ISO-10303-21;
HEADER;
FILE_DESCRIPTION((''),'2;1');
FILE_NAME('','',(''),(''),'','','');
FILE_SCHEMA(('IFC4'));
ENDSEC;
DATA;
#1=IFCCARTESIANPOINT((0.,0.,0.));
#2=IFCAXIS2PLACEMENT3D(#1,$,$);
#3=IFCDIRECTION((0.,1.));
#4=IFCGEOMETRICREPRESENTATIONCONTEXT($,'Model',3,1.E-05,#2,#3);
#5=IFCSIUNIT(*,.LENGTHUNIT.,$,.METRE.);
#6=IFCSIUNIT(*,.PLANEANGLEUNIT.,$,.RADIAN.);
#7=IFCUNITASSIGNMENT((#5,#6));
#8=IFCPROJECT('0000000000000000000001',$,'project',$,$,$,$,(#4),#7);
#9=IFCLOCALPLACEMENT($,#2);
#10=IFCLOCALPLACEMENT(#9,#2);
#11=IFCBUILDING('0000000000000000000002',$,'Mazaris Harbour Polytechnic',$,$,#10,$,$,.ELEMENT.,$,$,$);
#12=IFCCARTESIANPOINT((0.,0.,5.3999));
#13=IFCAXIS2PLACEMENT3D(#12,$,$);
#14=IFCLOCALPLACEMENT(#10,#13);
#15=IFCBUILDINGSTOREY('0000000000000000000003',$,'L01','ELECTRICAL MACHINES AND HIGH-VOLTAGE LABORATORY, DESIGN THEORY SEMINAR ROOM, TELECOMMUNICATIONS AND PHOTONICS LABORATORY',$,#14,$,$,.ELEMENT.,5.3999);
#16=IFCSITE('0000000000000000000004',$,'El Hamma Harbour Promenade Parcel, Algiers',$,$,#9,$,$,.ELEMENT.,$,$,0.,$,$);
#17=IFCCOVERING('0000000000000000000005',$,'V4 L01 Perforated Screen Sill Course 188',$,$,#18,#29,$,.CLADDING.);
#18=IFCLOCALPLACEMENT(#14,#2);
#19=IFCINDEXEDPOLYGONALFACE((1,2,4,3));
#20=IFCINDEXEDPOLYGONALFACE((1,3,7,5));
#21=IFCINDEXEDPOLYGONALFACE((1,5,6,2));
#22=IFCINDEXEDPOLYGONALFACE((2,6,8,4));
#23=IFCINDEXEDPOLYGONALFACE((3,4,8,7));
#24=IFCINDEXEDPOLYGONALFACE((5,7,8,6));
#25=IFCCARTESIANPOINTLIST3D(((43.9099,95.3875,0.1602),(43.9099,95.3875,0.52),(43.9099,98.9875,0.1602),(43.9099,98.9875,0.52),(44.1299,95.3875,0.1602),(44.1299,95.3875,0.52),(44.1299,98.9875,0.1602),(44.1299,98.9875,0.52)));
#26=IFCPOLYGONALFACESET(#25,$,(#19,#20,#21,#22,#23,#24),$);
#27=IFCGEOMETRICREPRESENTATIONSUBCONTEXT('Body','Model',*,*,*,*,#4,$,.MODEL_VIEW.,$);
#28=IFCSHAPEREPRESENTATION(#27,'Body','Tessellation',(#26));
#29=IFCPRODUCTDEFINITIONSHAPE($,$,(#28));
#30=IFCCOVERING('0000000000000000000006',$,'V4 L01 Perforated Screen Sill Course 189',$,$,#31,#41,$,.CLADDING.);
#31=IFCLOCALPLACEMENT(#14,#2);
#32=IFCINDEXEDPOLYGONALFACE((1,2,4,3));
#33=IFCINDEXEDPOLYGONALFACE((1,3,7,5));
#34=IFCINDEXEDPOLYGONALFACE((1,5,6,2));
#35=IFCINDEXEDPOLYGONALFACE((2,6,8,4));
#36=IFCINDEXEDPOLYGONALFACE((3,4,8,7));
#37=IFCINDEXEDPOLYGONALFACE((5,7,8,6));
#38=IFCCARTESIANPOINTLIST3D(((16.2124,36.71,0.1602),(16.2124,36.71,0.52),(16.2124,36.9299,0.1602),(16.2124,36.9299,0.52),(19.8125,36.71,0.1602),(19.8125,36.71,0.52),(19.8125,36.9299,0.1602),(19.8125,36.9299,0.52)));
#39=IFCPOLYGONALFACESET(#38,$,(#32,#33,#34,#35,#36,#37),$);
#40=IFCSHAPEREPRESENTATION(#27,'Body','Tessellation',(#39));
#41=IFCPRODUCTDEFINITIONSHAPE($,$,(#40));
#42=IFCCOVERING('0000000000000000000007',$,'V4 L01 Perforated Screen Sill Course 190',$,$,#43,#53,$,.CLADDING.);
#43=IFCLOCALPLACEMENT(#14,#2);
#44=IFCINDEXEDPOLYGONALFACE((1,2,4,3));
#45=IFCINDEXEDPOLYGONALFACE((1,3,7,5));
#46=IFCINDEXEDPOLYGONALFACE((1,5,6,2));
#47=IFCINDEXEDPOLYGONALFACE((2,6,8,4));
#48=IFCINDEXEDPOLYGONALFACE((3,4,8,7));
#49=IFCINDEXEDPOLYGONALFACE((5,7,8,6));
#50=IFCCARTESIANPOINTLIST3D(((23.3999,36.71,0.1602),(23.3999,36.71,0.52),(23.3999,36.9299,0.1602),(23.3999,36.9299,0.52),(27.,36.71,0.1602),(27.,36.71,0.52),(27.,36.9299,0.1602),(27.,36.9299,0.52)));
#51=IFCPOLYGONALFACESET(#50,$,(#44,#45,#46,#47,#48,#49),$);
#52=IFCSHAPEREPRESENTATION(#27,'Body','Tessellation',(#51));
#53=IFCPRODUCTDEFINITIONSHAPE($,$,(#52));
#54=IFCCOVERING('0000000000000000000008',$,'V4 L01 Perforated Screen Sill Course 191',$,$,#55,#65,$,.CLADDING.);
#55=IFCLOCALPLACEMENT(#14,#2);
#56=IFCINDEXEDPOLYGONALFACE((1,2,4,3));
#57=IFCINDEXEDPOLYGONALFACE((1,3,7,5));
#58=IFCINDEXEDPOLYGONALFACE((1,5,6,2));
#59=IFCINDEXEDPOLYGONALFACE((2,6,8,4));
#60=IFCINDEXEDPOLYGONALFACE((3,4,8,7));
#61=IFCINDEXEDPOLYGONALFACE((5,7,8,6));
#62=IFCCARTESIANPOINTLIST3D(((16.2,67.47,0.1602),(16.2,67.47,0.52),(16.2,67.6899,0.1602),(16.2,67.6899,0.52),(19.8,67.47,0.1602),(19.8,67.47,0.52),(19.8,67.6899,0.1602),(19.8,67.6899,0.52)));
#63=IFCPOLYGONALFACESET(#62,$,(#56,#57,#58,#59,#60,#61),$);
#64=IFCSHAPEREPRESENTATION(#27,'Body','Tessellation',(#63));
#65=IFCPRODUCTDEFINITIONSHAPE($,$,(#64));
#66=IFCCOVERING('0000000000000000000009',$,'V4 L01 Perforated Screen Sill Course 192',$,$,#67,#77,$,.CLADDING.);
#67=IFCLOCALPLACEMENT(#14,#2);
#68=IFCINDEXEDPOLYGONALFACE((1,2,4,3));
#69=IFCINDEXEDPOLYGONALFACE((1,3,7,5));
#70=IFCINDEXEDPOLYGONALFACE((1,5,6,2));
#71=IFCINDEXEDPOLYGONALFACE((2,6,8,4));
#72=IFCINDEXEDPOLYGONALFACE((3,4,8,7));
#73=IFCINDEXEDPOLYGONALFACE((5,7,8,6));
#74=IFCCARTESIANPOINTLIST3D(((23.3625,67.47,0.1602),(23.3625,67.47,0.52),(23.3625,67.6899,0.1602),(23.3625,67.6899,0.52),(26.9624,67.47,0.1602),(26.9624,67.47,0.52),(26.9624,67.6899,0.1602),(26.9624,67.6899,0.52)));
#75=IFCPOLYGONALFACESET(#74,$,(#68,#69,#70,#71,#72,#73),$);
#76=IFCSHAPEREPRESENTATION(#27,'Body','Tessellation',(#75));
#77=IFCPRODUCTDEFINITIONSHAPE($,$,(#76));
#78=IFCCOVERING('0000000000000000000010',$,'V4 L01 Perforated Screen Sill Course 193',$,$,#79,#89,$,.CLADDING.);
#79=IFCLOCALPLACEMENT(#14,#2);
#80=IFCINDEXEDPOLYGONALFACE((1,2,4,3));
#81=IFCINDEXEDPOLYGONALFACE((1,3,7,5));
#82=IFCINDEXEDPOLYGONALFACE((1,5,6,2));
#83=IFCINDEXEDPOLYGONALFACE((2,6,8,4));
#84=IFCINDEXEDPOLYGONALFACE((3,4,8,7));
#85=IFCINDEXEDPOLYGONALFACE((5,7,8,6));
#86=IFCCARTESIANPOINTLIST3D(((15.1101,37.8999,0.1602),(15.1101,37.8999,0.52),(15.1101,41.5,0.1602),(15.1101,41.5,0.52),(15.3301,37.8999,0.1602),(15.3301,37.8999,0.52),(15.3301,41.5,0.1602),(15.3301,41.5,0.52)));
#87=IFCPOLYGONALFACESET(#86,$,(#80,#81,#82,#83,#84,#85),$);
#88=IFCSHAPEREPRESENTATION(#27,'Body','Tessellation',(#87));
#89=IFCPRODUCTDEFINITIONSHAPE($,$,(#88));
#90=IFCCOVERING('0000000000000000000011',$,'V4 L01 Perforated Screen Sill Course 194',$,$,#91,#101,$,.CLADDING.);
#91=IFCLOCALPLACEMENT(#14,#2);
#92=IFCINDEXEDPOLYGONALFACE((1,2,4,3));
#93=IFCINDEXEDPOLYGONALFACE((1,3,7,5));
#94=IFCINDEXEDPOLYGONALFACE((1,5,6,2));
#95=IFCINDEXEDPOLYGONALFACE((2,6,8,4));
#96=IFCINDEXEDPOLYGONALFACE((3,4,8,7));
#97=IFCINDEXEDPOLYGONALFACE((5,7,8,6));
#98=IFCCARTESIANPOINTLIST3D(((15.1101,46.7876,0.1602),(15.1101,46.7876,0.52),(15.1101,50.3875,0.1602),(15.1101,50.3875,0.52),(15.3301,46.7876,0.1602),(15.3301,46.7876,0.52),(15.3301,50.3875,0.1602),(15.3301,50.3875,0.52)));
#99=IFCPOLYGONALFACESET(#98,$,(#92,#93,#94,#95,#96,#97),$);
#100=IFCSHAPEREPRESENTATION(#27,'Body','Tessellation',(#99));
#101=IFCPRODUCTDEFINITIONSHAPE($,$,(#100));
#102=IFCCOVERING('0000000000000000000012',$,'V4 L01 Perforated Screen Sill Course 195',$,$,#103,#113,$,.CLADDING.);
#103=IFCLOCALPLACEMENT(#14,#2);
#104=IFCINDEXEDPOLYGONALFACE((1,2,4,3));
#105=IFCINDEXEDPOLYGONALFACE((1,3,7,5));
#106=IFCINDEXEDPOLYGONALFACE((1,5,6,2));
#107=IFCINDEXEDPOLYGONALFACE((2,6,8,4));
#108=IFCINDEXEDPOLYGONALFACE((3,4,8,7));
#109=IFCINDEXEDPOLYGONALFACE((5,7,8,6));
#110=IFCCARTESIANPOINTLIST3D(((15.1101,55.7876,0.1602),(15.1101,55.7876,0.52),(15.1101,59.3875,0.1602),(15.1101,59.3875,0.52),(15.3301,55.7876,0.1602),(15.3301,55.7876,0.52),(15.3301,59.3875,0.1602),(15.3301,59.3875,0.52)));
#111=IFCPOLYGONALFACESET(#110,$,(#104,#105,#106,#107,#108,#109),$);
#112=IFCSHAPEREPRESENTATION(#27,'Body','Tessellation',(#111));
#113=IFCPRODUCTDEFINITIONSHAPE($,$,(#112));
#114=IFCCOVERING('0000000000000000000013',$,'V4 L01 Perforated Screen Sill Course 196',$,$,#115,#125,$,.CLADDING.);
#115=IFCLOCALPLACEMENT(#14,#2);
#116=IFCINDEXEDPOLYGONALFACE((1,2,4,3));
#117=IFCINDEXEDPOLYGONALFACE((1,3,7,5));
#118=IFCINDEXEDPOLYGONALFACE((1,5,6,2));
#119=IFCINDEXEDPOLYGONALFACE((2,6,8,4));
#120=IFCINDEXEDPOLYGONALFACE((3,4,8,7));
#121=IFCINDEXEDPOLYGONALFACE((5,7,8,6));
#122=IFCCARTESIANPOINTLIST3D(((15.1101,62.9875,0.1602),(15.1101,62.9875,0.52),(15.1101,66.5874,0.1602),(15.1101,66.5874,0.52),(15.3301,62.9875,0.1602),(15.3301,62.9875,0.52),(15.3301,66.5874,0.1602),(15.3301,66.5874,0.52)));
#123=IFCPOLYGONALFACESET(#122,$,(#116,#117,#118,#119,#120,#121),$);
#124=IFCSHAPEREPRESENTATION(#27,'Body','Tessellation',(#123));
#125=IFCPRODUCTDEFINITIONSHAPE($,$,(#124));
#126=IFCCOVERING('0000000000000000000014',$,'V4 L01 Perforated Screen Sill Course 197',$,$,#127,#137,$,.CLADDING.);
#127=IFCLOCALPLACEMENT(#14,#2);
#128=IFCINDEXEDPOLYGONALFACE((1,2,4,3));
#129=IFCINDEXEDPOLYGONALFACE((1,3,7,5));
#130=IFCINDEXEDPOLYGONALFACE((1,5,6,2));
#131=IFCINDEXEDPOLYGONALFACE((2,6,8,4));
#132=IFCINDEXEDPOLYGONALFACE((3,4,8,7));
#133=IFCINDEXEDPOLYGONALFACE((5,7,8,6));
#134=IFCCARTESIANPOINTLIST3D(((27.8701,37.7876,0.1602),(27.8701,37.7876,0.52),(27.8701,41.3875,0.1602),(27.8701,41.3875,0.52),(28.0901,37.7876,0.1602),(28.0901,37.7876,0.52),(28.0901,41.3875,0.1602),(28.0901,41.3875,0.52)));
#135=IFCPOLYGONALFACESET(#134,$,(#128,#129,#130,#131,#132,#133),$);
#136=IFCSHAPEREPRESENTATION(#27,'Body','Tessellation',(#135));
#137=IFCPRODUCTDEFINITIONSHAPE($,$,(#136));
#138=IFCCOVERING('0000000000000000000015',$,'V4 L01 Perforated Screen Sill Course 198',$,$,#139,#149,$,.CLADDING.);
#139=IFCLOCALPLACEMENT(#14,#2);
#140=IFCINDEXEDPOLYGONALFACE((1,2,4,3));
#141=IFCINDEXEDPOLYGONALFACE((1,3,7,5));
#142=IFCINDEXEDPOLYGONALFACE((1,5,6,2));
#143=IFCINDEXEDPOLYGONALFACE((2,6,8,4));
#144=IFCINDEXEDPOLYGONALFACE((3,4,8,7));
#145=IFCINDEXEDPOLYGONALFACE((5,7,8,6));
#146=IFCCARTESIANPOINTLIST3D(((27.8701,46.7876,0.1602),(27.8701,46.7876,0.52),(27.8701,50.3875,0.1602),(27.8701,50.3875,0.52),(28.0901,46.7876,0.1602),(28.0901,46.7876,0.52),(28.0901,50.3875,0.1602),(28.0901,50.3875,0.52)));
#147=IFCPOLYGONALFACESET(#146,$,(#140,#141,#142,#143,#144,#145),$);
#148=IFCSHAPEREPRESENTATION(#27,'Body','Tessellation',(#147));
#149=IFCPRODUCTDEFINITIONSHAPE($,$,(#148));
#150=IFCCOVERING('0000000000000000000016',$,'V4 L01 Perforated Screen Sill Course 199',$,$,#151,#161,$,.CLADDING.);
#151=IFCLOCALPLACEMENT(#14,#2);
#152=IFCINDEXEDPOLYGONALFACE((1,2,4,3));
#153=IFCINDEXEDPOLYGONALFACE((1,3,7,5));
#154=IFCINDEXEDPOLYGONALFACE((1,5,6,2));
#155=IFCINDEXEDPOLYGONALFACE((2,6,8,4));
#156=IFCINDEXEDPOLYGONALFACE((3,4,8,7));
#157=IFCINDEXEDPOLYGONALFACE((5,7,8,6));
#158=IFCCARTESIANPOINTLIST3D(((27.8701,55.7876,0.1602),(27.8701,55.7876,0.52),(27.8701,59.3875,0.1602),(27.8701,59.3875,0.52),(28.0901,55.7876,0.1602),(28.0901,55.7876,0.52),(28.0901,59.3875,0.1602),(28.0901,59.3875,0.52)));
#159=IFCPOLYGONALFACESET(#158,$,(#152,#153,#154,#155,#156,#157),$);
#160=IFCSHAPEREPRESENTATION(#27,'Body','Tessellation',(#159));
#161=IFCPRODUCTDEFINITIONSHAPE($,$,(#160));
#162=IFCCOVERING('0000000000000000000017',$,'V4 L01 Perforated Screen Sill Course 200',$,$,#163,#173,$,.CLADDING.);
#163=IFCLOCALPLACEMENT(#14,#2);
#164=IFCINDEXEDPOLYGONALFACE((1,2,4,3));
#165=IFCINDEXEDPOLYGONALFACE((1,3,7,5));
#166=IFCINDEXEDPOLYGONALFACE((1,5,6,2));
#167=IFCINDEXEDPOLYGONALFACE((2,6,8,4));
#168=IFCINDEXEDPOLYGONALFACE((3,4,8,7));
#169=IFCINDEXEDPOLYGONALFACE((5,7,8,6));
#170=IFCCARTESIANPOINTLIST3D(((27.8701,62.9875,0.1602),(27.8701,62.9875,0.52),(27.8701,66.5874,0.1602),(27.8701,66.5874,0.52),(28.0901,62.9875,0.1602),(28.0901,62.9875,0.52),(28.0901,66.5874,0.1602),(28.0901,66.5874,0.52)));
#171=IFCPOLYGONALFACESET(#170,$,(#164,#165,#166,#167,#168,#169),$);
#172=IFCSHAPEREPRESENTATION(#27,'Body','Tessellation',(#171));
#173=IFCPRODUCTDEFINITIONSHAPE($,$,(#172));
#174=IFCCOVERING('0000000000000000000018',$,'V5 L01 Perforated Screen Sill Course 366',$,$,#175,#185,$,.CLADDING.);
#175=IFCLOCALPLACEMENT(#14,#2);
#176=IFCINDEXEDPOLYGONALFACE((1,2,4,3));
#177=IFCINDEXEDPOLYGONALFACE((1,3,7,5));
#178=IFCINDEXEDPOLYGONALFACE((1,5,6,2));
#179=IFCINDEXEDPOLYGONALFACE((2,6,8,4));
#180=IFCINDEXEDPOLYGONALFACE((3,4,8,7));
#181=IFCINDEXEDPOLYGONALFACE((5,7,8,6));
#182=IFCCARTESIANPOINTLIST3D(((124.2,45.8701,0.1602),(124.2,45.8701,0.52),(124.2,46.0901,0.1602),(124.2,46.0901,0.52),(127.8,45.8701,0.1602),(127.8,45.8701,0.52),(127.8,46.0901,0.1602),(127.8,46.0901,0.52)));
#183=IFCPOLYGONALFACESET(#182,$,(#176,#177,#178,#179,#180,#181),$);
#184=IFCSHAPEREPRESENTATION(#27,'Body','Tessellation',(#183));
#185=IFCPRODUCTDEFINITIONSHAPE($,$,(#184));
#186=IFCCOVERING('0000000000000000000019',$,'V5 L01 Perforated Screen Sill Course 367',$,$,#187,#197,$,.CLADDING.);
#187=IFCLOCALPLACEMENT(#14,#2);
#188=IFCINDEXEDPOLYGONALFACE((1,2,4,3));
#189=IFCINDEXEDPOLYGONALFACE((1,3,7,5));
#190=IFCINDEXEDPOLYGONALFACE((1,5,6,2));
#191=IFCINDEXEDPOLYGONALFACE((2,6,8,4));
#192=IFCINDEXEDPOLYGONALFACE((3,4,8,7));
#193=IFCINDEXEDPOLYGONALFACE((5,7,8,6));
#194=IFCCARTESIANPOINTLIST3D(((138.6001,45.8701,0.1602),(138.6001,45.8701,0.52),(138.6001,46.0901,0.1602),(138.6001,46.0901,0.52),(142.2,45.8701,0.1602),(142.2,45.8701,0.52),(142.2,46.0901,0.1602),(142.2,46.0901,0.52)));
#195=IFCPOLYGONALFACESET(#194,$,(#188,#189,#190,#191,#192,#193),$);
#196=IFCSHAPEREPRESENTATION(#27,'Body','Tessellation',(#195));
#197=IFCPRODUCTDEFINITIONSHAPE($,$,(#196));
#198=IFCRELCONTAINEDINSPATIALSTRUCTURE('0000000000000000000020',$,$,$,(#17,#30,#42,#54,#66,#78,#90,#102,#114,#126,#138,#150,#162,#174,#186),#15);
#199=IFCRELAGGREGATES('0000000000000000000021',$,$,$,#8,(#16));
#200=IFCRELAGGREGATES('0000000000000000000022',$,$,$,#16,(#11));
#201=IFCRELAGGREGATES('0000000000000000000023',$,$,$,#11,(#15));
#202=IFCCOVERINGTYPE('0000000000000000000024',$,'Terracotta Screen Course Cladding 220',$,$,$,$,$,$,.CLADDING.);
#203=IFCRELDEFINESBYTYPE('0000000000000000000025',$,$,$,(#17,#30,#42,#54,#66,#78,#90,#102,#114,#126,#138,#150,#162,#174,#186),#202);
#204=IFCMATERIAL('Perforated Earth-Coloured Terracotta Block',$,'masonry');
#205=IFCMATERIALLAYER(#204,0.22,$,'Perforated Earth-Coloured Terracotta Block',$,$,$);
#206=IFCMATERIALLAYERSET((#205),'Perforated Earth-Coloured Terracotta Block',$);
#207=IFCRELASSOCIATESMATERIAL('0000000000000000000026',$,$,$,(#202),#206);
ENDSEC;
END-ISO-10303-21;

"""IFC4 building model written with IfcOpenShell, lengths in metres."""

from ifc_helpers import new_model, si_unit, direction, frame, origin, place, context, subcontext, project, spatial, polyline, outline, extrude, material, layer, layer_set, type_object, element, save


model = new_model("IFC4")

# Units and contexts
model_context = context("Model", 3, precision=1e-05, world=origin(), true_north=direction((0.0, 1.0)))
body_context = subcontext(model_context, "Body", "Model", "MODEL_VIEW")
ifc_project = project(units=[si_unit("LENGTHUNIT", "METRE"), si_unit("PLANEANGLEUNIT", "RADIAN")], contexts=[model_context])

# Site, building, storey
site_placement = place(None, origin())
site = spatial("IfcSite", under=ifc_project, at=site_placement, Name="El Hamma Harbour Promenade Parcel, Algiers", CompositionType="ELEMENT", RefElevation=0.0)
building_placement = place(site_placement, origin())
building = spatial("IfcBuilding", under=site, at=building_placement, Name="Mazaris Harbour Polytechnic", CompositionType="ELEMENT")
storey_placement = place(building_placement, frame((0.0, 0.0, 5.3999)))
storey = spatial("IfcBuildingStorey", under=building, at=storey_placement, Name="L01", Description="ELECTRICAL MACHINES AND HIGH-VOLTAGE LABORATORY, DESIGN THEORY SEMINAR ROOM, TELECOMMUNICATIONS AND PHOTONICS LABORATORY", CompositionType="ELEMENT", Elevation=5.3999)

# Coverings
ifc_material = material(Name="Perforated Earth-Coloured Terracotta Block", Category="masonry")
ifc_layer = layer(ifc_material, 0.22, Name="Perforated Earth-Coloured Terracotta Block")
ifc_layer_set = layer_set([ifc_layer], Name="Perforated Earth-Coloured Terracotta Block")
covering_type = type_object("IfcCoveringType", Name="Terracotta Screen Course Cladding 220", PredefinedType="CLADDING", material=ifc_layer_set)
covering_1_placement = place(storey_placement, frame((0.0, 0.0, 0.1602)))
element("IfcCovering", 1, at=covering_1_placement, inside=storey, type_object=covering_type, Name="V4 L01 Perforated Screen Sill Course 188", PredefinedType="CLADDING", context=body_context, shape_type="SweptSolid", body=[
    extrude(outline(polyline([(43.9099, 98.9875), (43.9099, 95.3875), (44.1299, 95.3875), (44.1299, 98.9875), (43.9099, 98.9875)])), origin(), (0.0, 0.0, 1.0), 0.3599),
])
covering_2_placement = place(storey_placement, frame((0.0, 0.0, 0.1602)))
element("IfcCovering", 2, at=covering_2_placement, inside=storey, type_object=covering_type, Name="V4 L01 Perforated Screen Sill Course 189", PredefinedType="CLADDING", context=body_context, shape_type="SweptSolid", body=[
    extrude(outline(polyline([(16.2124, 36.71), (19.8125, 36.71), (19.8125, 36.9299), (16.2124, 36.9299), (16.2124, 36.71)])), origin(), (0.0, 0.0, 1.0), 0.3599),
])
covering_3_placement = place(storey_placement, frame((0.0, 0.0, 0.1602)))
element("IfcCovering", 3, at=covering_3_placement, inside=storey, type_object=covering_type, Name="V4 L01 Perforated Screen Sill Course 190", PredefinedType="CLADDING", context=body_context, shape_type="SweptSolid", body=[
    extrude(outline(polyline([(23.3999, 36.71), (27.0, 36.71), (27.0, 36.9299), (23.3999, 36.9299), (23.3999, 36.71)])), origin(), (0.0, 0.0, 1.0), 0.3599),
])
covering_4_placement = place(storey_placement, frame((0.0, 0.0, 0.1602)))
element("IfcCovering", 4, at=covering_4_placement, inside=storey, type_object=covering_type, Name="V4 L01 Perforated Screen Sill Course 191", PredefinedType="CLADDING", context=body_context, shape_type="SweptSolid", body=[
    extrude(outline(polyline([(19.8, 67.6899), (16.2, 67.6899), (16.2, 67.47), (19.8, 67.47), (19.8, 67.6899)])), origin(), (0.0, 0.0, 1.0), 0.3599),
])
covering_5_placement = place(storey_placement, frame((0.0, 0.0, 0.1602)))
element("IfcCovering", 5, at=covering_5_placement, inside=storey, type_object=covering_type, Name="V4 L01 Perforated Screen Sill Course 192", PredefinedType="CLADDING", context=body_context, shape_type="SweptSolid", body=[
    extrude(outline(polyline([(26.9624, 67.6899), (23.3625, 67.6899), (23.3625, 67.47), (26.9624, 67.47), (26.9624, 67.6899)])), origin(), (0.0, 0.0, 1.0), 0.3599),
])
covering_6_placement = place(storey_placement, frame((0.0, 0.0, 0.1602)))
element("IfcCovering", 6, at=covering_6_placement, inside=storey, type_object=covering_type, Name="V4 L01 Perforated Screen Sill Course 193", PredefinedType="CLADDING", context=body_context, shape_type="SweptSolid", body=[
    extrude(outline(polyline([(15.1101, 37.8999), (15.1101, 41.5), (15.3301, 41.5), (15.3301, 37.8999), (15.1101, 37.8999)])), origin(), (0.0, 0.0, 1.0), 0.3599),
])
covering_7_placement = place(storey_placement, frame((0.0, 0.0, 0.1602)))
element("IfcCovering", 7, at=covering_7_placement, inside=storey, type_object=covering_type, Name="V4 L01 Perforated Screen Sill Course 194", PredefinedType="CLADDING", context=body_context, shape_type="SweptSolid", body=[
    extrude(outline(polyline([(15.1101, 46.7876), (15.1101, 50.3875), (15.3301, 50.3875), (15.3301, 46.7876), (15.1101, 46.7876)])), origin(), (0.0, 0.0, 1.0), 0.3599),
])
covering_8_placement = place(storey_placement, frame((0.0, 0.0, 0.1602)))
element("IfcCovering", 8, at=covering_8_placement, inside=storey, type_object=covering_type, Name="V4 L01 Perforated Screen Sill Course 195", PredefinedType="CLADDING", context=body_context, shape_type="SweptSolid", body=[
    extrude(outline(polyline([(15.1101, 55.7876), (15.1101, 59.3875), (15.3301, 59.3875), (15.3301, 55.7876), (15.1101, 55.7876)])), origin(), (0.0, 0.0, 1.0), 0.3599),
])
covering_9_placement = place(storey_placement, frame((0.0, 0.0, 0.1602)))
element("IfcCovering", 9, at=covering_9_placement, inside=storey, type_object=covering_type, Name="V4 L01 Perforated Screen Sill Course 196", PredefinedType="CLADDING", context=body_context, shape_type="SweptSolid", body=[
    extrude(outline(polyline([(15.1101, 62.9875), (15.1101, 66.5874), (15.3301, 66.5874), (15.3301, 62.9875), (15.1101, 62.9875)])), origin(), (0.0, 0.0, 1.0), 0.3599),
])
covering_10_placement = place(storey_placement, frame((0.0, 0.0, 0.1602)))
element("IfcCovering", 10, at=covering_10_placement, inside=storey, type_object=covering_type, Name="V4 L01 Perforated Screen Sill Course 197", PredefinedType="CLADDING", context=body_context, shape_type="SweptSolid", body=[
    extrude(outline(polyline([(28.0901, 41.3875), (28.0901, 37.7876), (27.8701, 37.7876), (27.8701, 41.3875), (28.0901, 41.3875)])), origin(), (0.0, 0.0, 1.0), 0.3599),
])
covering_11_placement = place(storey_placement, frame((0.0, 0.0, 0.1602)))
element("IfcCovering", 11, at=covering_11_placement, inside=storey, type_object=covering_type, Name="V4 L01 Perforated Screen Sill Course 198", PredefinedType="CLADDING", context=body_context, shape_type="SweptSolid", body=[
    extrude(outline(polyline([(28.0901, 50.3875), (28.0901, 46.7876), (27.8701, 46.7876), (27.8701, 50.3875), (28.0901, 50.3875)])), origin(), (0.0, 0.0, 1.0), 0.3599),
])
covering_12_placement = place(storey_placement, frame((0.0, 0.0, 0.1602)))
element("IfcCovering", 12, at=covering_12_placement, inside=storey, type_object=covering_type, Name="V4 L01 Perforated Screen Sill Course 199", PredefinedType="CLADDING", context=body_context, shape_type="SweptSolid", body=[
    extrude(outline(polyline([(28.0901, 59.3875), (28.0901, 55.7876), (27.8701, 55.7876), (27.8701, 59.3875), (28.0901, 59.3875)])), origin(), (0.0, 0.0, 1.0), 0.3599),
])
covering_13_placement = place(storey_placement, frame((0.0, 0.0, 0.1602)))
element("IfcCovering", 13, at=covering_13_placement, inside=storey, type_object=covering_type, Name="V4 L01 Perforated Screen Sill Course 200", PredefinedType="CLADDING", context=body_context, shape_type="SweptSolid", body=[
    extrude(outline(polyline([(28.0901, 66.5874), (28.0901, 62.9875), (27.8701, 62.9875), (27.8701, 66.5874), (28.0901, 66.5874)])), origin(), (0.0, 0.0, 1.0), 0.3599),
])
covering_14_placement = place(storey_placement, frame((0.0, 0.0, 0.1602)))
element("IfcCovering", 14, at=covering_14_placement, inside=storey, type_object=covering_type, Name="V5 L01 Perforated Screen Sill Course 366", PredefinedType="CLADDING", context=body_context, shape_type="SweptSolid", body=[
    extrude(outline(polyline([(127.8, 46.0901), (124.2, 46.0901), (124.2, 45.8701), (127.8, 45.8701), (127.8, 46.0901)])), origin(), (0.0, 0.0, 1.0), 0.3599),
])
covering_15_placement = place(storey_placement, frame((0.0, 0.0, 0.1602)))
element("IfcCovering", 15, at=covering_15_placement, inside=storey, type_object=covering_type, Name="V5 L01 Perforated Screen Sill Course 367", PredefinedType="CLADDING", context=body_context, shape_type="SweptSolid", body=[
    extrude(outline(polyline([(142.2, 46.0901), (138.6001, 46.0901), (138.6001, 45.8701), (142.2, 45.8701), (142.2, 46.0901)])), origin(), (0.0, 0.0, 1.0), 0.3599),
])

save(model, "model.ifc")
